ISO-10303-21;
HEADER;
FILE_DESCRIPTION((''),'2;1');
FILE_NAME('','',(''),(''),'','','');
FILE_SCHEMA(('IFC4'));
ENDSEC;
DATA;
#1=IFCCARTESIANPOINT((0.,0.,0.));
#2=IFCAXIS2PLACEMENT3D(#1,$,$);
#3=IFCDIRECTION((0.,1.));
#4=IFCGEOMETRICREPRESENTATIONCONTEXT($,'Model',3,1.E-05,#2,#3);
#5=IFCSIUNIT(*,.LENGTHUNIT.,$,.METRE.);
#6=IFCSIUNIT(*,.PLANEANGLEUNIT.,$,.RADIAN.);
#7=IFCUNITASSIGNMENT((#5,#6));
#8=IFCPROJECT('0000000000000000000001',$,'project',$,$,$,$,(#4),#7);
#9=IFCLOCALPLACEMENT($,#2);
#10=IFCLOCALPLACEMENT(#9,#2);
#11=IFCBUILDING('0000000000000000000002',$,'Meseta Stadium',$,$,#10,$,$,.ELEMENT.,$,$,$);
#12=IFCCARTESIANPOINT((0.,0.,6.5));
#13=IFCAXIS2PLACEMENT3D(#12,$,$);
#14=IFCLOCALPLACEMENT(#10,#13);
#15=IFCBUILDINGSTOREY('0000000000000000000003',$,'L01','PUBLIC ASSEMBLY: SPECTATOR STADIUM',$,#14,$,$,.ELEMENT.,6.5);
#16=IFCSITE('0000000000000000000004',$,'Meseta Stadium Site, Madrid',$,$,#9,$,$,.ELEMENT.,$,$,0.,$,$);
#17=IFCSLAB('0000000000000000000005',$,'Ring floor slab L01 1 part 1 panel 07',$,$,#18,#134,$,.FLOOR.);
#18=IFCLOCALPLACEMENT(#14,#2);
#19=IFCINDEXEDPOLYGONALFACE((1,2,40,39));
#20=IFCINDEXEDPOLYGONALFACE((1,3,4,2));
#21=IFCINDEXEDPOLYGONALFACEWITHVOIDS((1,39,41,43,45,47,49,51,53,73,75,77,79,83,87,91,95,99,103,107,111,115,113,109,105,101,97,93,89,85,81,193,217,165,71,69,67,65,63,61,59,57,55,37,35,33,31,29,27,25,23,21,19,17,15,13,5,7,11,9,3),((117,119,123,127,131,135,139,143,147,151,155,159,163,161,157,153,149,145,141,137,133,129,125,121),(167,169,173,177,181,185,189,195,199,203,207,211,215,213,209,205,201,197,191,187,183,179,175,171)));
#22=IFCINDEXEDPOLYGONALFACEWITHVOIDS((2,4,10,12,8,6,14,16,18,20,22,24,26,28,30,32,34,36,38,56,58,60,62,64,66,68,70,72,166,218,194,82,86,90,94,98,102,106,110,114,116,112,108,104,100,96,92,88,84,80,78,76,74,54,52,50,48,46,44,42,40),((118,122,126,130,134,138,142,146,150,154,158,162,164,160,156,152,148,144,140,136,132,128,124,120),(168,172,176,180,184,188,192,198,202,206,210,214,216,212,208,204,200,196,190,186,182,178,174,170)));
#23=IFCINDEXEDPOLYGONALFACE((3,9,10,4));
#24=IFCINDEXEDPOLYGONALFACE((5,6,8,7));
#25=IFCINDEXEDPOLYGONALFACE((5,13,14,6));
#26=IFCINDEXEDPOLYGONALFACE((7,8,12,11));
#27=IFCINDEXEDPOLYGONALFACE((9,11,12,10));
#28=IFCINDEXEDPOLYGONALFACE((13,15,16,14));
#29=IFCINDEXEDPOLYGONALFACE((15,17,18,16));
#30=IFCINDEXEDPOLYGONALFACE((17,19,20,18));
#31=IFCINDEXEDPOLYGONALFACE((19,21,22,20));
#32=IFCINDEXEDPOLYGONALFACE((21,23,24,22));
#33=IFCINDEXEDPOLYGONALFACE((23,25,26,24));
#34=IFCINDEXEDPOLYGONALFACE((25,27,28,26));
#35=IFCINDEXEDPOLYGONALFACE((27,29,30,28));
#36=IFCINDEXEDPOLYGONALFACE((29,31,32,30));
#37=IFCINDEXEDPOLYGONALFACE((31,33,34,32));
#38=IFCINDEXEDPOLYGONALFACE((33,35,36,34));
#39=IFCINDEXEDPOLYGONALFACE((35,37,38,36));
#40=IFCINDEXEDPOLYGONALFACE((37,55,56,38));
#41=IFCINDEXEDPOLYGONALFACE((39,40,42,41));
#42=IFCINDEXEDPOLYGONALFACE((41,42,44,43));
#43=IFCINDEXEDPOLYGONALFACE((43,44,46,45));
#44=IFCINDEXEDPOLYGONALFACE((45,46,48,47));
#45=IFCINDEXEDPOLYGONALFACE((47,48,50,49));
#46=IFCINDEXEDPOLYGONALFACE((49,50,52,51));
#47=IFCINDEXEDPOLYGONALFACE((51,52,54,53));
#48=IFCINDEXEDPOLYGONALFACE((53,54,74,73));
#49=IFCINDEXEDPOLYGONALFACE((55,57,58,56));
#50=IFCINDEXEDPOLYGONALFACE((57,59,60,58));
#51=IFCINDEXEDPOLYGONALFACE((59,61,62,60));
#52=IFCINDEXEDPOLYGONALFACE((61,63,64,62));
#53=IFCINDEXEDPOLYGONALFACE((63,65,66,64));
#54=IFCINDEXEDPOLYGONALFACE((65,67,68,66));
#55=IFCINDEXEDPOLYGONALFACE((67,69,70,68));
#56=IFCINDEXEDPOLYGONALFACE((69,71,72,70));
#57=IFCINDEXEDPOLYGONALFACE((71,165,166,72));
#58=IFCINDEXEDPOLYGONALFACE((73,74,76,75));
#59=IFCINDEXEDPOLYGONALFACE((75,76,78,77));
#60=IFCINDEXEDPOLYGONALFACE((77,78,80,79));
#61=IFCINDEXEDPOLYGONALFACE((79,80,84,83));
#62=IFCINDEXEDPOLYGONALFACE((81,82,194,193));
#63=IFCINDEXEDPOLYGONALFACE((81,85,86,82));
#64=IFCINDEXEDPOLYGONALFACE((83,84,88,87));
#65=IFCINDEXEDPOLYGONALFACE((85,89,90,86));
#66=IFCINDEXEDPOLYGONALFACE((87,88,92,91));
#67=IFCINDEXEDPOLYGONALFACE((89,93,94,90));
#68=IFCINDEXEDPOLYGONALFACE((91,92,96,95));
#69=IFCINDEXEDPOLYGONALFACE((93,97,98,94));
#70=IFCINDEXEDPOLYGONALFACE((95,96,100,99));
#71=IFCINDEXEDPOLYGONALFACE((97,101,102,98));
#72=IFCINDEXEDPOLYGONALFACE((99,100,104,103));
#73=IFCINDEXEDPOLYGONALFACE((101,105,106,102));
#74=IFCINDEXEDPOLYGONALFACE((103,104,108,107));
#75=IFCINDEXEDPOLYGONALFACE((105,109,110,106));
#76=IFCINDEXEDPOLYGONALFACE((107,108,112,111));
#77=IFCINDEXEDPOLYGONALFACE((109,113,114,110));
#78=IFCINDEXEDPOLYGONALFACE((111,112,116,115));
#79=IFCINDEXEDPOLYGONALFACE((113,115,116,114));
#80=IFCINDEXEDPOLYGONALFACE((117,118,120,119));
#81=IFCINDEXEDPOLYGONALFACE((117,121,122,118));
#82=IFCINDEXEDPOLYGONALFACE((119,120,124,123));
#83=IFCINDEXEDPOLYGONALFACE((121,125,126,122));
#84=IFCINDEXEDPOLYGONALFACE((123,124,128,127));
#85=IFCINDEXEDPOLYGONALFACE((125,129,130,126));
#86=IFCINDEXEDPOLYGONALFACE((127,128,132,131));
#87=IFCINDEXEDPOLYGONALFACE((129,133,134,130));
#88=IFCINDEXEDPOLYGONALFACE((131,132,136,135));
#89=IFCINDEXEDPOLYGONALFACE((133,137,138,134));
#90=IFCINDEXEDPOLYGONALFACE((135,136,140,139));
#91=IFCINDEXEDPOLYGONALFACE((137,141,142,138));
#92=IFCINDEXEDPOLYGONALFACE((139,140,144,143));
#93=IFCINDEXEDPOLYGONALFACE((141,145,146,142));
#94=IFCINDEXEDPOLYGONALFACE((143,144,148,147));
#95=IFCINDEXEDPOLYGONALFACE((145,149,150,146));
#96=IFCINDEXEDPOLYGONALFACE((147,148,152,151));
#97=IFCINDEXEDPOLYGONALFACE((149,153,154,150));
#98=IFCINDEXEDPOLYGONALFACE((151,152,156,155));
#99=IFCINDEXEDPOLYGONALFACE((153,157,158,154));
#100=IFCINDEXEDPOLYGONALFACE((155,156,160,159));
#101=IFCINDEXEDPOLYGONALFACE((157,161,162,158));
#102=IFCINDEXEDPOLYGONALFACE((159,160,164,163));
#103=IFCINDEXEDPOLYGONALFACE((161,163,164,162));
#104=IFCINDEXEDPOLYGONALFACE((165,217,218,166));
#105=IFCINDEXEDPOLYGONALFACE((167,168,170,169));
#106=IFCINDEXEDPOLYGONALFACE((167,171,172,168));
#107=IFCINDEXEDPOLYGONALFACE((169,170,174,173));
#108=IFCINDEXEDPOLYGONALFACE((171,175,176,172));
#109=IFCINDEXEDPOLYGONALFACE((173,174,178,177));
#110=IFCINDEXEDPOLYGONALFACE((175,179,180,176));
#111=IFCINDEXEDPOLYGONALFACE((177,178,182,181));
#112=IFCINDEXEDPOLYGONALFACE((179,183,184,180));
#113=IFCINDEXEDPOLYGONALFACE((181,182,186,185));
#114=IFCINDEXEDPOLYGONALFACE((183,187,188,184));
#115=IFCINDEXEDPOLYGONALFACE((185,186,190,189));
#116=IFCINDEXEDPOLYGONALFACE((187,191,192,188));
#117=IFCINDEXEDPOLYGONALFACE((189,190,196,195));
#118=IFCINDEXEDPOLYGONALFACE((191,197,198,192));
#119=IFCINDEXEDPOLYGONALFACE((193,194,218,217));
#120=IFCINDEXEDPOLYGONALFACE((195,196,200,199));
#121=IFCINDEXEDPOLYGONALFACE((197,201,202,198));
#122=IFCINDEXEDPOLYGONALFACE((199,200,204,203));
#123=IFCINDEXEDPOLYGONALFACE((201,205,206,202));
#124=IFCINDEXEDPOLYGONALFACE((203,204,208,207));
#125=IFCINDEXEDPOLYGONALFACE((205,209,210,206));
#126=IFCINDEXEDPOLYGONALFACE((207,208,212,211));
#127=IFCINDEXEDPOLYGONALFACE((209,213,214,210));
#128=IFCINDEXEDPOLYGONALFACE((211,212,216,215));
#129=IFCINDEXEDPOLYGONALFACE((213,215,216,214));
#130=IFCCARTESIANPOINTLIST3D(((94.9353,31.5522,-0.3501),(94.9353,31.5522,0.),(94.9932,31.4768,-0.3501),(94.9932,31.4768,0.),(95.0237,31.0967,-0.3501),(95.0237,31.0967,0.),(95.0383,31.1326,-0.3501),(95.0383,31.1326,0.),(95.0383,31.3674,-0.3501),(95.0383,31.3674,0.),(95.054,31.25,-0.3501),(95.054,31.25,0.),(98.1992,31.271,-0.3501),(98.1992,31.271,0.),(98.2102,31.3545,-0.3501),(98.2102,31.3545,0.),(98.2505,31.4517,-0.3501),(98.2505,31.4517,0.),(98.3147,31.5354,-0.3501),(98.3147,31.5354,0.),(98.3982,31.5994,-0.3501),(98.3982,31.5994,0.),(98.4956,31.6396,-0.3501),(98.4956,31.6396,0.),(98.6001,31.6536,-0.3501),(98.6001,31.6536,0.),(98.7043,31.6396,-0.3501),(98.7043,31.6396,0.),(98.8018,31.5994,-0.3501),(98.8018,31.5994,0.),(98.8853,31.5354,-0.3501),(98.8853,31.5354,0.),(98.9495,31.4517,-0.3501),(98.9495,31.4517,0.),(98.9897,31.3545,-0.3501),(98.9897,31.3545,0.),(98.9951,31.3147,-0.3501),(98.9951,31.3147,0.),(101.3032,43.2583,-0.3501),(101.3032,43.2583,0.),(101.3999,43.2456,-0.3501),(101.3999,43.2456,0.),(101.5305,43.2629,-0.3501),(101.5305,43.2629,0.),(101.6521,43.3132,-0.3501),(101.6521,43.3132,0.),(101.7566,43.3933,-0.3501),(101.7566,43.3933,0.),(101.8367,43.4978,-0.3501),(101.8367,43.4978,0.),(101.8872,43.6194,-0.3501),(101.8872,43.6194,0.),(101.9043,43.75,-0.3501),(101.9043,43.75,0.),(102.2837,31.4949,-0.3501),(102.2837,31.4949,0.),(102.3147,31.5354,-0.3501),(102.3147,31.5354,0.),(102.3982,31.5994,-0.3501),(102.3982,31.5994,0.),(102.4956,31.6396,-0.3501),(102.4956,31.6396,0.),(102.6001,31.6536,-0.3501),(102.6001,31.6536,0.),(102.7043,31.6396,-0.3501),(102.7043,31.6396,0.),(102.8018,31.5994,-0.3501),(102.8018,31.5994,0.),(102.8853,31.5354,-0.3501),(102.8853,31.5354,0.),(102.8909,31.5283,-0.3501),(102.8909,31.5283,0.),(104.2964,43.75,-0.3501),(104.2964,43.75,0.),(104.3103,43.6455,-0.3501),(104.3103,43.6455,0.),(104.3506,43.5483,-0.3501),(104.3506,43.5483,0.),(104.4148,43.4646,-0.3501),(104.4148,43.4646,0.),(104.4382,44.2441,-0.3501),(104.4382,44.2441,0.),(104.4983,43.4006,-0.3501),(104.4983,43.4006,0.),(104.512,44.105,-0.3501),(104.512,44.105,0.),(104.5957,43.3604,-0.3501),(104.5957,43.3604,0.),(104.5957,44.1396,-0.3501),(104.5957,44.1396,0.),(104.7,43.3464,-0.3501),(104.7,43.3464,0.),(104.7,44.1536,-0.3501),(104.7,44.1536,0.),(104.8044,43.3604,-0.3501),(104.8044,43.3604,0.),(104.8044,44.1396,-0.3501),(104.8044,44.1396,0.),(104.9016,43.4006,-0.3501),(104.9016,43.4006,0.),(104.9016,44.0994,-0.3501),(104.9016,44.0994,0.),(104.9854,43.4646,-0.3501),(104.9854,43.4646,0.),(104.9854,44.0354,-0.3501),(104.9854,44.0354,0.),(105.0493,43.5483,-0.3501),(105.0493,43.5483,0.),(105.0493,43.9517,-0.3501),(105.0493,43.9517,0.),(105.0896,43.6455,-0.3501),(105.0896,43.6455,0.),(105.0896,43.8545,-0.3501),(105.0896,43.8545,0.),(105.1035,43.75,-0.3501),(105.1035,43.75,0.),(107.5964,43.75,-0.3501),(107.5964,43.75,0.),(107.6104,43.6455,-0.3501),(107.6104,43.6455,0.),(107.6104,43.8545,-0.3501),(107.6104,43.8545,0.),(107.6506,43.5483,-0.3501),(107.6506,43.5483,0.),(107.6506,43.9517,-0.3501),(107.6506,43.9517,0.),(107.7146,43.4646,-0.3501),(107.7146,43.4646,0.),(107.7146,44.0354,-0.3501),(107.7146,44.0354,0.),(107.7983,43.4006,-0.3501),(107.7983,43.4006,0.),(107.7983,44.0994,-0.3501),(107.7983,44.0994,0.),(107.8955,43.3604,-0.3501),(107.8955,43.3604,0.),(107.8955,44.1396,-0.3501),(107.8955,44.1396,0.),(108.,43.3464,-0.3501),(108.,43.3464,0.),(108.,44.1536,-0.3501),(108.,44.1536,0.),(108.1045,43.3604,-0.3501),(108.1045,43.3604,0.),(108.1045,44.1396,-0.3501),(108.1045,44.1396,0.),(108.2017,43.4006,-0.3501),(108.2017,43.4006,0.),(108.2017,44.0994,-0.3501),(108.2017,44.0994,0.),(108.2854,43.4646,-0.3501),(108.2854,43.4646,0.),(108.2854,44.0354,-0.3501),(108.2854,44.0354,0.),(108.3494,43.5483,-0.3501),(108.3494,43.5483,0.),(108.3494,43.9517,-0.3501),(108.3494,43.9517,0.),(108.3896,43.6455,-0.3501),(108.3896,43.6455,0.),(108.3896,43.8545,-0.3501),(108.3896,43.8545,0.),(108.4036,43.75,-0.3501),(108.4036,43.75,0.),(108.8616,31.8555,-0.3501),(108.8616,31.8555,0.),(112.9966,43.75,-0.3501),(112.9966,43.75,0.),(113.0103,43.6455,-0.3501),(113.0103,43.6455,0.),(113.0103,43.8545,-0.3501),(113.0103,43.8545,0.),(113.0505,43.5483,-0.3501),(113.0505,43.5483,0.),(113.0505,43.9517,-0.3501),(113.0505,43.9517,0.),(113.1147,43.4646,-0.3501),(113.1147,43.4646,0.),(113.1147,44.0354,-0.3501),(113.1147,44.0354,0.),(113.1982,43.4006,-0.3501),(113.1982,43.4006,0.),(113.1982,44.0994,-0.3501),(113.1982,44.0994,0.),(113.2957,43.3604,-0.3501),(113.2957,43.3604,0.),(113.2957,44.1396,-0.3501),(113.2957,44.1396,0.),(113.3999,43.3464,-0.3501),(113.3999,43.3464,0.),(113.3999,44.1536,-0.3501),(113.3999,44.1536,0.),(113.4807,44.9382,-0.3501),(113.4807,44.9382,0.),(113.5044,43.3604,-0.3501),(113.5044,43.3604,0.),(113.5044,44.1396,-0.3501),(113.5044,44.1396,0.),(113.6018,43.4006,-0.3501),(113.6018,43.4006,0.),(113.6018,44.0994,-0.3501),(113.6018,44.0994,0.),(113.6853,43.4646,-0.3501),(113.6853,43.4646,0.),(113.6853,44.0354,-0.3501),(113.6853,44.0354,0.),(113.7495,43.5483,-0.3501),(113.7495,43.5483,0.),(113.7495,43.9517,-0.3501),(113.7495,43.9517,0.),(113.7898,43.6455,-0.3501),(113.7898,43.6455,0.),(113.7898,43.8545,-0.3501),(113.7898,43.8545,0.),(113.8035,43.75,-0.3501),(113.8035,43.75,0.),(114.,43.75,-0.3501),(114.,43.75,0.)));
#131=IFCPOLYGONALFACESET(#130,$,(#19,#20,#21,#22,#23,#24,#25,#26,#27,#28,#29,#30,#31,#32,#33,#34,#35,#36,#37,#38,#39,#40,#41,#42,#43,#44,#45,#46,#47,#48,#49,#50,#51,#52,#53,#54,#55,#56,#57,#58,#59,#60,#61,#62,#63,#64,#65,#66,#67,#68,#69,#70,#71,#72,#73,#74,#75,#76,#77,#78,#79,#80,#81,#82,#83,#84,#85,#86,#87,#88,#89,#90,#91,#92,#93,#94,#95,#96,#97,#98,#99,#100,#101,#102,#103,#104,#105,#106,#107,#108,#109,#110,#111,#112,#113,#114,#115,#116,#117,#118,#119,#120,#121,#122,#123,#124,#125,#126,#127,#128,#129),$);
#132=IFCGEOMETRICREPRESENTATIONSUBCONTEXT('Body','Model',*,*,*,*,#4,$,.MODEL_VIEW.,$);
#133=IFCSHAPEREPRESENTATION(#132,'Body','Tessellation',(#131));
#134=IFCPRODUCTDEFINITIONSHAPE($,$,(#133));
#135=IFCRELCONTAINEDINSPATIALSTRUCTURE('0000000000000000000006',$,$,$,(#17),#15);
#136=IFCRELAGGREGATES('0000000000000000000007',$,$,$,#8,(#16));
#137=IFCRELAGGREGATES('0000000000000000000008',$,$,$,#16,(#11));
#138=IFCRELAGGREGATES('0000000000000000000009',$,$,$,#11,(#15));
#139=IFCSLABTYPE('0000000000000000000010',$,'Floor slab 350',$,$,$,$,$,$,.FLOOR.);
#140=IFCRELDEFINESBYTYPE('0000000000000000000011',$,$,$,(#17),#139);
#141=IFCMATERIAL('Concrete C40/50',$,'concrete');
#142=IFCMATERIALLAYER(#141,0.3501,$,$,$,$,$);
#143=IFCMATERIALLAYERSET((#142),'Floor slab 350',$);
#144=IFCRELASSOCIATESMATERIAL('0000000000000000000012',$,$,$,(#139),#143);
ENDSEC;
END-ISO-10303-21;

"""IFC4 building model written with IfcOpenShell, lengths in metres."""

from ifc_helpers import new_model, si_unit, direction, frame, origin, place, context, subcontext, project, spatial, polyline, outline, extrude, material, layer, layer_set, type_object, element, save


model = new_model("IFC4")

# Units and contexts
model_context = context("Model", 3, precision=1e-05, world=origin(), true_north=direction((0.0, 1.0)))
body_context = subcontext(model_context, "Body", "Model", "MODEL_VIEW")
ifc_project = project(units=[si_unit("LENGTHUNIT", "METRE"), si_unit("PLANEANGLEUNIT", "RADIAN")], contexts=[model_context])

# Site, building, storey
site_placement = place(None, origin())
site = spatial("IfcSite", under=ifc_project, at=site_placement, Name="Meseta Stadium Site, Madrid", CompositionType="ELEMENT", RefElevation=0.0)
building_placement = place(site_placement, origin())
building = spatial("IfcBuilding", under=site, at=building_placement, Name="Meseta Stadium", CompositionType="ELEMENT")
storey_placement = place(building_placement, frame((0.0, 0.0, 6.5)))
storey = spatial("IfcBuildingStorey", under=building, at=storey_placement, Name="L01", Description="PUBLIC ASSEMBLY: SPECTATOR STADIUM", CompositionType="ELEMENT", Elevation=6.5)

# Slab
ifc_material_1 = material(Name="Concrete C40/50", Category="concrete")
ifc_layer_1 = layer(ifc_material_1, 0.3501)
ifc_layer_set_1 = layer_set([ifc_layer_1], Name="Floor slab 350")
slab_type_1 = type_object("IfcSlabType", Name="Floor slab 350", PredefinedType="FLOOR", material=ifc_layer_set_1)
slab_1_placement = place(storey_placement, frame((0.0, 0.0, -0.3501)))
element("IfcSlab", 1, at=slab_1_placement, inside=storey, type_object=slab_type_1, Name="Ring floor slab L01 1 part 1 panel 07", PredefinedType="FLOOR", context=body_context, shape_type="SweptSolid", body=[
    extrude(outline(polyline([(101.9043, 43.75), (101.8872, 43.6194), (101.8367, 43.4978), (101.7566, 43.3933), (101.6521, 43.3132), (101.5305, 43.2629), (101.3999, 43.2456), (101.3032, 43.2583), (94.9353, 31.5522), (94.9932, 31.4768), (95.0383, 31.3674), (95.054, 31.25), (95.0383, 31.1326), (95.0237, 31.0967), (98.1992, 31.271), (98.2102, 31.3545), (98.2505, 31.4517), (98.3147, 31.5354), (98.3982, 31.5994), (98.4956, 31.6396), (98.6001, 31.6536), (98.7043, 31.6396), (98.8018, 31.5994), (98.8853, 31.5354), (98.9495, 31.4517), (98.9897, 31.3545), (98.9951, 31.3147), (102.2837, 31.4949), (102.3147, 31.5354), (102.3982, 31.5994), (102.4956, 31.6396), (102.6001, 31.6536), (102.7043, 31.6396), (102.8018, 31.5994), (102.8853, 31.5354), (102.8909, 31.5283), (108.8616, 31.8555), (114.0, 43.75), (113.4807, 44.9382), (104.4382, 44.2441), (104.512, 44.105), (104.5957, 44.1396), (104.7, 44.1536), (104.8044, 44.1396), (104.9016, 44.0994), (104.9854, 44.0354), (105.0493, 43.9517), (105.0896, 43.8545), (105.1035, 43.75), (105.0896, 43.6455), (105.0493, 43.5483), (104.9854, 43.4646), (104.9016, 43.4006), (104.8044, 43.3604), (104.7, 43.3464), (104.5957, 43.3604), (104.4983, 43.4006), (104.4148, 43.4646), (104.3506, 43.5483), (104.3103, 43.6455), (104.2964, 43.75), (101.9043, 43.75)]), holes=[polyline([(113.1147, 44.0354), (113.1982, 44.0994), (113.2957, 44.1396), (113.3999, 44.1536), (113.5044, 44.1396), (113.6018, 44.0994), (113.6853, 44.0354), (113.7495, 43.9517), (113.7898, 43.8545), (113.8035, 43.75), (113.7898, 43.6455), (113.7495, 43.5483), (113.6853, 43.4646), (113.6018, 43.4006), (113.5044, 43.3604), (113.3999, 43.3464), (113.2957, 43.3604), (113.1982, 43.4006), (113.1147, 43.4646), (113.0505, 43.5483), (113.0103, 43.6455), (112.9966, 43.75), (113.0103, 43.8545), (113.0505, 43.9517), (113.1147, 44.0354)]), polyline([(108.2017, 44.0994), (108.2854, 44.0354), (108.3494, 43.9517), (108.3896, 43.8545), (108.4036, 43.75), (108.3896, 43.6455), (108.3494, 43.5483), (108.2854, 43.4646), (108.2017, 43.4006), (108.1045, 43.3604), (108.0, 43.3464), (107.8955, 43.3604), (107.7983, 43.4006), (107.7146, 43.4646), (107.6506, 43.5483), (107.6104, 43.6455), (107.5964, 43.75), (107.6104, 43.8545), (107.6506, 43.9517), (107.7146, 44.0354), (107.7983, 44.0994), (107.8955, 44.1396), (108.0, 44.1536), (108.1045, 44.1396), (108.2017, 44.0994)])]), origin(), (0.0, 0.0, 1.0), 0.3501),
])

save(model, "model.ifc")
